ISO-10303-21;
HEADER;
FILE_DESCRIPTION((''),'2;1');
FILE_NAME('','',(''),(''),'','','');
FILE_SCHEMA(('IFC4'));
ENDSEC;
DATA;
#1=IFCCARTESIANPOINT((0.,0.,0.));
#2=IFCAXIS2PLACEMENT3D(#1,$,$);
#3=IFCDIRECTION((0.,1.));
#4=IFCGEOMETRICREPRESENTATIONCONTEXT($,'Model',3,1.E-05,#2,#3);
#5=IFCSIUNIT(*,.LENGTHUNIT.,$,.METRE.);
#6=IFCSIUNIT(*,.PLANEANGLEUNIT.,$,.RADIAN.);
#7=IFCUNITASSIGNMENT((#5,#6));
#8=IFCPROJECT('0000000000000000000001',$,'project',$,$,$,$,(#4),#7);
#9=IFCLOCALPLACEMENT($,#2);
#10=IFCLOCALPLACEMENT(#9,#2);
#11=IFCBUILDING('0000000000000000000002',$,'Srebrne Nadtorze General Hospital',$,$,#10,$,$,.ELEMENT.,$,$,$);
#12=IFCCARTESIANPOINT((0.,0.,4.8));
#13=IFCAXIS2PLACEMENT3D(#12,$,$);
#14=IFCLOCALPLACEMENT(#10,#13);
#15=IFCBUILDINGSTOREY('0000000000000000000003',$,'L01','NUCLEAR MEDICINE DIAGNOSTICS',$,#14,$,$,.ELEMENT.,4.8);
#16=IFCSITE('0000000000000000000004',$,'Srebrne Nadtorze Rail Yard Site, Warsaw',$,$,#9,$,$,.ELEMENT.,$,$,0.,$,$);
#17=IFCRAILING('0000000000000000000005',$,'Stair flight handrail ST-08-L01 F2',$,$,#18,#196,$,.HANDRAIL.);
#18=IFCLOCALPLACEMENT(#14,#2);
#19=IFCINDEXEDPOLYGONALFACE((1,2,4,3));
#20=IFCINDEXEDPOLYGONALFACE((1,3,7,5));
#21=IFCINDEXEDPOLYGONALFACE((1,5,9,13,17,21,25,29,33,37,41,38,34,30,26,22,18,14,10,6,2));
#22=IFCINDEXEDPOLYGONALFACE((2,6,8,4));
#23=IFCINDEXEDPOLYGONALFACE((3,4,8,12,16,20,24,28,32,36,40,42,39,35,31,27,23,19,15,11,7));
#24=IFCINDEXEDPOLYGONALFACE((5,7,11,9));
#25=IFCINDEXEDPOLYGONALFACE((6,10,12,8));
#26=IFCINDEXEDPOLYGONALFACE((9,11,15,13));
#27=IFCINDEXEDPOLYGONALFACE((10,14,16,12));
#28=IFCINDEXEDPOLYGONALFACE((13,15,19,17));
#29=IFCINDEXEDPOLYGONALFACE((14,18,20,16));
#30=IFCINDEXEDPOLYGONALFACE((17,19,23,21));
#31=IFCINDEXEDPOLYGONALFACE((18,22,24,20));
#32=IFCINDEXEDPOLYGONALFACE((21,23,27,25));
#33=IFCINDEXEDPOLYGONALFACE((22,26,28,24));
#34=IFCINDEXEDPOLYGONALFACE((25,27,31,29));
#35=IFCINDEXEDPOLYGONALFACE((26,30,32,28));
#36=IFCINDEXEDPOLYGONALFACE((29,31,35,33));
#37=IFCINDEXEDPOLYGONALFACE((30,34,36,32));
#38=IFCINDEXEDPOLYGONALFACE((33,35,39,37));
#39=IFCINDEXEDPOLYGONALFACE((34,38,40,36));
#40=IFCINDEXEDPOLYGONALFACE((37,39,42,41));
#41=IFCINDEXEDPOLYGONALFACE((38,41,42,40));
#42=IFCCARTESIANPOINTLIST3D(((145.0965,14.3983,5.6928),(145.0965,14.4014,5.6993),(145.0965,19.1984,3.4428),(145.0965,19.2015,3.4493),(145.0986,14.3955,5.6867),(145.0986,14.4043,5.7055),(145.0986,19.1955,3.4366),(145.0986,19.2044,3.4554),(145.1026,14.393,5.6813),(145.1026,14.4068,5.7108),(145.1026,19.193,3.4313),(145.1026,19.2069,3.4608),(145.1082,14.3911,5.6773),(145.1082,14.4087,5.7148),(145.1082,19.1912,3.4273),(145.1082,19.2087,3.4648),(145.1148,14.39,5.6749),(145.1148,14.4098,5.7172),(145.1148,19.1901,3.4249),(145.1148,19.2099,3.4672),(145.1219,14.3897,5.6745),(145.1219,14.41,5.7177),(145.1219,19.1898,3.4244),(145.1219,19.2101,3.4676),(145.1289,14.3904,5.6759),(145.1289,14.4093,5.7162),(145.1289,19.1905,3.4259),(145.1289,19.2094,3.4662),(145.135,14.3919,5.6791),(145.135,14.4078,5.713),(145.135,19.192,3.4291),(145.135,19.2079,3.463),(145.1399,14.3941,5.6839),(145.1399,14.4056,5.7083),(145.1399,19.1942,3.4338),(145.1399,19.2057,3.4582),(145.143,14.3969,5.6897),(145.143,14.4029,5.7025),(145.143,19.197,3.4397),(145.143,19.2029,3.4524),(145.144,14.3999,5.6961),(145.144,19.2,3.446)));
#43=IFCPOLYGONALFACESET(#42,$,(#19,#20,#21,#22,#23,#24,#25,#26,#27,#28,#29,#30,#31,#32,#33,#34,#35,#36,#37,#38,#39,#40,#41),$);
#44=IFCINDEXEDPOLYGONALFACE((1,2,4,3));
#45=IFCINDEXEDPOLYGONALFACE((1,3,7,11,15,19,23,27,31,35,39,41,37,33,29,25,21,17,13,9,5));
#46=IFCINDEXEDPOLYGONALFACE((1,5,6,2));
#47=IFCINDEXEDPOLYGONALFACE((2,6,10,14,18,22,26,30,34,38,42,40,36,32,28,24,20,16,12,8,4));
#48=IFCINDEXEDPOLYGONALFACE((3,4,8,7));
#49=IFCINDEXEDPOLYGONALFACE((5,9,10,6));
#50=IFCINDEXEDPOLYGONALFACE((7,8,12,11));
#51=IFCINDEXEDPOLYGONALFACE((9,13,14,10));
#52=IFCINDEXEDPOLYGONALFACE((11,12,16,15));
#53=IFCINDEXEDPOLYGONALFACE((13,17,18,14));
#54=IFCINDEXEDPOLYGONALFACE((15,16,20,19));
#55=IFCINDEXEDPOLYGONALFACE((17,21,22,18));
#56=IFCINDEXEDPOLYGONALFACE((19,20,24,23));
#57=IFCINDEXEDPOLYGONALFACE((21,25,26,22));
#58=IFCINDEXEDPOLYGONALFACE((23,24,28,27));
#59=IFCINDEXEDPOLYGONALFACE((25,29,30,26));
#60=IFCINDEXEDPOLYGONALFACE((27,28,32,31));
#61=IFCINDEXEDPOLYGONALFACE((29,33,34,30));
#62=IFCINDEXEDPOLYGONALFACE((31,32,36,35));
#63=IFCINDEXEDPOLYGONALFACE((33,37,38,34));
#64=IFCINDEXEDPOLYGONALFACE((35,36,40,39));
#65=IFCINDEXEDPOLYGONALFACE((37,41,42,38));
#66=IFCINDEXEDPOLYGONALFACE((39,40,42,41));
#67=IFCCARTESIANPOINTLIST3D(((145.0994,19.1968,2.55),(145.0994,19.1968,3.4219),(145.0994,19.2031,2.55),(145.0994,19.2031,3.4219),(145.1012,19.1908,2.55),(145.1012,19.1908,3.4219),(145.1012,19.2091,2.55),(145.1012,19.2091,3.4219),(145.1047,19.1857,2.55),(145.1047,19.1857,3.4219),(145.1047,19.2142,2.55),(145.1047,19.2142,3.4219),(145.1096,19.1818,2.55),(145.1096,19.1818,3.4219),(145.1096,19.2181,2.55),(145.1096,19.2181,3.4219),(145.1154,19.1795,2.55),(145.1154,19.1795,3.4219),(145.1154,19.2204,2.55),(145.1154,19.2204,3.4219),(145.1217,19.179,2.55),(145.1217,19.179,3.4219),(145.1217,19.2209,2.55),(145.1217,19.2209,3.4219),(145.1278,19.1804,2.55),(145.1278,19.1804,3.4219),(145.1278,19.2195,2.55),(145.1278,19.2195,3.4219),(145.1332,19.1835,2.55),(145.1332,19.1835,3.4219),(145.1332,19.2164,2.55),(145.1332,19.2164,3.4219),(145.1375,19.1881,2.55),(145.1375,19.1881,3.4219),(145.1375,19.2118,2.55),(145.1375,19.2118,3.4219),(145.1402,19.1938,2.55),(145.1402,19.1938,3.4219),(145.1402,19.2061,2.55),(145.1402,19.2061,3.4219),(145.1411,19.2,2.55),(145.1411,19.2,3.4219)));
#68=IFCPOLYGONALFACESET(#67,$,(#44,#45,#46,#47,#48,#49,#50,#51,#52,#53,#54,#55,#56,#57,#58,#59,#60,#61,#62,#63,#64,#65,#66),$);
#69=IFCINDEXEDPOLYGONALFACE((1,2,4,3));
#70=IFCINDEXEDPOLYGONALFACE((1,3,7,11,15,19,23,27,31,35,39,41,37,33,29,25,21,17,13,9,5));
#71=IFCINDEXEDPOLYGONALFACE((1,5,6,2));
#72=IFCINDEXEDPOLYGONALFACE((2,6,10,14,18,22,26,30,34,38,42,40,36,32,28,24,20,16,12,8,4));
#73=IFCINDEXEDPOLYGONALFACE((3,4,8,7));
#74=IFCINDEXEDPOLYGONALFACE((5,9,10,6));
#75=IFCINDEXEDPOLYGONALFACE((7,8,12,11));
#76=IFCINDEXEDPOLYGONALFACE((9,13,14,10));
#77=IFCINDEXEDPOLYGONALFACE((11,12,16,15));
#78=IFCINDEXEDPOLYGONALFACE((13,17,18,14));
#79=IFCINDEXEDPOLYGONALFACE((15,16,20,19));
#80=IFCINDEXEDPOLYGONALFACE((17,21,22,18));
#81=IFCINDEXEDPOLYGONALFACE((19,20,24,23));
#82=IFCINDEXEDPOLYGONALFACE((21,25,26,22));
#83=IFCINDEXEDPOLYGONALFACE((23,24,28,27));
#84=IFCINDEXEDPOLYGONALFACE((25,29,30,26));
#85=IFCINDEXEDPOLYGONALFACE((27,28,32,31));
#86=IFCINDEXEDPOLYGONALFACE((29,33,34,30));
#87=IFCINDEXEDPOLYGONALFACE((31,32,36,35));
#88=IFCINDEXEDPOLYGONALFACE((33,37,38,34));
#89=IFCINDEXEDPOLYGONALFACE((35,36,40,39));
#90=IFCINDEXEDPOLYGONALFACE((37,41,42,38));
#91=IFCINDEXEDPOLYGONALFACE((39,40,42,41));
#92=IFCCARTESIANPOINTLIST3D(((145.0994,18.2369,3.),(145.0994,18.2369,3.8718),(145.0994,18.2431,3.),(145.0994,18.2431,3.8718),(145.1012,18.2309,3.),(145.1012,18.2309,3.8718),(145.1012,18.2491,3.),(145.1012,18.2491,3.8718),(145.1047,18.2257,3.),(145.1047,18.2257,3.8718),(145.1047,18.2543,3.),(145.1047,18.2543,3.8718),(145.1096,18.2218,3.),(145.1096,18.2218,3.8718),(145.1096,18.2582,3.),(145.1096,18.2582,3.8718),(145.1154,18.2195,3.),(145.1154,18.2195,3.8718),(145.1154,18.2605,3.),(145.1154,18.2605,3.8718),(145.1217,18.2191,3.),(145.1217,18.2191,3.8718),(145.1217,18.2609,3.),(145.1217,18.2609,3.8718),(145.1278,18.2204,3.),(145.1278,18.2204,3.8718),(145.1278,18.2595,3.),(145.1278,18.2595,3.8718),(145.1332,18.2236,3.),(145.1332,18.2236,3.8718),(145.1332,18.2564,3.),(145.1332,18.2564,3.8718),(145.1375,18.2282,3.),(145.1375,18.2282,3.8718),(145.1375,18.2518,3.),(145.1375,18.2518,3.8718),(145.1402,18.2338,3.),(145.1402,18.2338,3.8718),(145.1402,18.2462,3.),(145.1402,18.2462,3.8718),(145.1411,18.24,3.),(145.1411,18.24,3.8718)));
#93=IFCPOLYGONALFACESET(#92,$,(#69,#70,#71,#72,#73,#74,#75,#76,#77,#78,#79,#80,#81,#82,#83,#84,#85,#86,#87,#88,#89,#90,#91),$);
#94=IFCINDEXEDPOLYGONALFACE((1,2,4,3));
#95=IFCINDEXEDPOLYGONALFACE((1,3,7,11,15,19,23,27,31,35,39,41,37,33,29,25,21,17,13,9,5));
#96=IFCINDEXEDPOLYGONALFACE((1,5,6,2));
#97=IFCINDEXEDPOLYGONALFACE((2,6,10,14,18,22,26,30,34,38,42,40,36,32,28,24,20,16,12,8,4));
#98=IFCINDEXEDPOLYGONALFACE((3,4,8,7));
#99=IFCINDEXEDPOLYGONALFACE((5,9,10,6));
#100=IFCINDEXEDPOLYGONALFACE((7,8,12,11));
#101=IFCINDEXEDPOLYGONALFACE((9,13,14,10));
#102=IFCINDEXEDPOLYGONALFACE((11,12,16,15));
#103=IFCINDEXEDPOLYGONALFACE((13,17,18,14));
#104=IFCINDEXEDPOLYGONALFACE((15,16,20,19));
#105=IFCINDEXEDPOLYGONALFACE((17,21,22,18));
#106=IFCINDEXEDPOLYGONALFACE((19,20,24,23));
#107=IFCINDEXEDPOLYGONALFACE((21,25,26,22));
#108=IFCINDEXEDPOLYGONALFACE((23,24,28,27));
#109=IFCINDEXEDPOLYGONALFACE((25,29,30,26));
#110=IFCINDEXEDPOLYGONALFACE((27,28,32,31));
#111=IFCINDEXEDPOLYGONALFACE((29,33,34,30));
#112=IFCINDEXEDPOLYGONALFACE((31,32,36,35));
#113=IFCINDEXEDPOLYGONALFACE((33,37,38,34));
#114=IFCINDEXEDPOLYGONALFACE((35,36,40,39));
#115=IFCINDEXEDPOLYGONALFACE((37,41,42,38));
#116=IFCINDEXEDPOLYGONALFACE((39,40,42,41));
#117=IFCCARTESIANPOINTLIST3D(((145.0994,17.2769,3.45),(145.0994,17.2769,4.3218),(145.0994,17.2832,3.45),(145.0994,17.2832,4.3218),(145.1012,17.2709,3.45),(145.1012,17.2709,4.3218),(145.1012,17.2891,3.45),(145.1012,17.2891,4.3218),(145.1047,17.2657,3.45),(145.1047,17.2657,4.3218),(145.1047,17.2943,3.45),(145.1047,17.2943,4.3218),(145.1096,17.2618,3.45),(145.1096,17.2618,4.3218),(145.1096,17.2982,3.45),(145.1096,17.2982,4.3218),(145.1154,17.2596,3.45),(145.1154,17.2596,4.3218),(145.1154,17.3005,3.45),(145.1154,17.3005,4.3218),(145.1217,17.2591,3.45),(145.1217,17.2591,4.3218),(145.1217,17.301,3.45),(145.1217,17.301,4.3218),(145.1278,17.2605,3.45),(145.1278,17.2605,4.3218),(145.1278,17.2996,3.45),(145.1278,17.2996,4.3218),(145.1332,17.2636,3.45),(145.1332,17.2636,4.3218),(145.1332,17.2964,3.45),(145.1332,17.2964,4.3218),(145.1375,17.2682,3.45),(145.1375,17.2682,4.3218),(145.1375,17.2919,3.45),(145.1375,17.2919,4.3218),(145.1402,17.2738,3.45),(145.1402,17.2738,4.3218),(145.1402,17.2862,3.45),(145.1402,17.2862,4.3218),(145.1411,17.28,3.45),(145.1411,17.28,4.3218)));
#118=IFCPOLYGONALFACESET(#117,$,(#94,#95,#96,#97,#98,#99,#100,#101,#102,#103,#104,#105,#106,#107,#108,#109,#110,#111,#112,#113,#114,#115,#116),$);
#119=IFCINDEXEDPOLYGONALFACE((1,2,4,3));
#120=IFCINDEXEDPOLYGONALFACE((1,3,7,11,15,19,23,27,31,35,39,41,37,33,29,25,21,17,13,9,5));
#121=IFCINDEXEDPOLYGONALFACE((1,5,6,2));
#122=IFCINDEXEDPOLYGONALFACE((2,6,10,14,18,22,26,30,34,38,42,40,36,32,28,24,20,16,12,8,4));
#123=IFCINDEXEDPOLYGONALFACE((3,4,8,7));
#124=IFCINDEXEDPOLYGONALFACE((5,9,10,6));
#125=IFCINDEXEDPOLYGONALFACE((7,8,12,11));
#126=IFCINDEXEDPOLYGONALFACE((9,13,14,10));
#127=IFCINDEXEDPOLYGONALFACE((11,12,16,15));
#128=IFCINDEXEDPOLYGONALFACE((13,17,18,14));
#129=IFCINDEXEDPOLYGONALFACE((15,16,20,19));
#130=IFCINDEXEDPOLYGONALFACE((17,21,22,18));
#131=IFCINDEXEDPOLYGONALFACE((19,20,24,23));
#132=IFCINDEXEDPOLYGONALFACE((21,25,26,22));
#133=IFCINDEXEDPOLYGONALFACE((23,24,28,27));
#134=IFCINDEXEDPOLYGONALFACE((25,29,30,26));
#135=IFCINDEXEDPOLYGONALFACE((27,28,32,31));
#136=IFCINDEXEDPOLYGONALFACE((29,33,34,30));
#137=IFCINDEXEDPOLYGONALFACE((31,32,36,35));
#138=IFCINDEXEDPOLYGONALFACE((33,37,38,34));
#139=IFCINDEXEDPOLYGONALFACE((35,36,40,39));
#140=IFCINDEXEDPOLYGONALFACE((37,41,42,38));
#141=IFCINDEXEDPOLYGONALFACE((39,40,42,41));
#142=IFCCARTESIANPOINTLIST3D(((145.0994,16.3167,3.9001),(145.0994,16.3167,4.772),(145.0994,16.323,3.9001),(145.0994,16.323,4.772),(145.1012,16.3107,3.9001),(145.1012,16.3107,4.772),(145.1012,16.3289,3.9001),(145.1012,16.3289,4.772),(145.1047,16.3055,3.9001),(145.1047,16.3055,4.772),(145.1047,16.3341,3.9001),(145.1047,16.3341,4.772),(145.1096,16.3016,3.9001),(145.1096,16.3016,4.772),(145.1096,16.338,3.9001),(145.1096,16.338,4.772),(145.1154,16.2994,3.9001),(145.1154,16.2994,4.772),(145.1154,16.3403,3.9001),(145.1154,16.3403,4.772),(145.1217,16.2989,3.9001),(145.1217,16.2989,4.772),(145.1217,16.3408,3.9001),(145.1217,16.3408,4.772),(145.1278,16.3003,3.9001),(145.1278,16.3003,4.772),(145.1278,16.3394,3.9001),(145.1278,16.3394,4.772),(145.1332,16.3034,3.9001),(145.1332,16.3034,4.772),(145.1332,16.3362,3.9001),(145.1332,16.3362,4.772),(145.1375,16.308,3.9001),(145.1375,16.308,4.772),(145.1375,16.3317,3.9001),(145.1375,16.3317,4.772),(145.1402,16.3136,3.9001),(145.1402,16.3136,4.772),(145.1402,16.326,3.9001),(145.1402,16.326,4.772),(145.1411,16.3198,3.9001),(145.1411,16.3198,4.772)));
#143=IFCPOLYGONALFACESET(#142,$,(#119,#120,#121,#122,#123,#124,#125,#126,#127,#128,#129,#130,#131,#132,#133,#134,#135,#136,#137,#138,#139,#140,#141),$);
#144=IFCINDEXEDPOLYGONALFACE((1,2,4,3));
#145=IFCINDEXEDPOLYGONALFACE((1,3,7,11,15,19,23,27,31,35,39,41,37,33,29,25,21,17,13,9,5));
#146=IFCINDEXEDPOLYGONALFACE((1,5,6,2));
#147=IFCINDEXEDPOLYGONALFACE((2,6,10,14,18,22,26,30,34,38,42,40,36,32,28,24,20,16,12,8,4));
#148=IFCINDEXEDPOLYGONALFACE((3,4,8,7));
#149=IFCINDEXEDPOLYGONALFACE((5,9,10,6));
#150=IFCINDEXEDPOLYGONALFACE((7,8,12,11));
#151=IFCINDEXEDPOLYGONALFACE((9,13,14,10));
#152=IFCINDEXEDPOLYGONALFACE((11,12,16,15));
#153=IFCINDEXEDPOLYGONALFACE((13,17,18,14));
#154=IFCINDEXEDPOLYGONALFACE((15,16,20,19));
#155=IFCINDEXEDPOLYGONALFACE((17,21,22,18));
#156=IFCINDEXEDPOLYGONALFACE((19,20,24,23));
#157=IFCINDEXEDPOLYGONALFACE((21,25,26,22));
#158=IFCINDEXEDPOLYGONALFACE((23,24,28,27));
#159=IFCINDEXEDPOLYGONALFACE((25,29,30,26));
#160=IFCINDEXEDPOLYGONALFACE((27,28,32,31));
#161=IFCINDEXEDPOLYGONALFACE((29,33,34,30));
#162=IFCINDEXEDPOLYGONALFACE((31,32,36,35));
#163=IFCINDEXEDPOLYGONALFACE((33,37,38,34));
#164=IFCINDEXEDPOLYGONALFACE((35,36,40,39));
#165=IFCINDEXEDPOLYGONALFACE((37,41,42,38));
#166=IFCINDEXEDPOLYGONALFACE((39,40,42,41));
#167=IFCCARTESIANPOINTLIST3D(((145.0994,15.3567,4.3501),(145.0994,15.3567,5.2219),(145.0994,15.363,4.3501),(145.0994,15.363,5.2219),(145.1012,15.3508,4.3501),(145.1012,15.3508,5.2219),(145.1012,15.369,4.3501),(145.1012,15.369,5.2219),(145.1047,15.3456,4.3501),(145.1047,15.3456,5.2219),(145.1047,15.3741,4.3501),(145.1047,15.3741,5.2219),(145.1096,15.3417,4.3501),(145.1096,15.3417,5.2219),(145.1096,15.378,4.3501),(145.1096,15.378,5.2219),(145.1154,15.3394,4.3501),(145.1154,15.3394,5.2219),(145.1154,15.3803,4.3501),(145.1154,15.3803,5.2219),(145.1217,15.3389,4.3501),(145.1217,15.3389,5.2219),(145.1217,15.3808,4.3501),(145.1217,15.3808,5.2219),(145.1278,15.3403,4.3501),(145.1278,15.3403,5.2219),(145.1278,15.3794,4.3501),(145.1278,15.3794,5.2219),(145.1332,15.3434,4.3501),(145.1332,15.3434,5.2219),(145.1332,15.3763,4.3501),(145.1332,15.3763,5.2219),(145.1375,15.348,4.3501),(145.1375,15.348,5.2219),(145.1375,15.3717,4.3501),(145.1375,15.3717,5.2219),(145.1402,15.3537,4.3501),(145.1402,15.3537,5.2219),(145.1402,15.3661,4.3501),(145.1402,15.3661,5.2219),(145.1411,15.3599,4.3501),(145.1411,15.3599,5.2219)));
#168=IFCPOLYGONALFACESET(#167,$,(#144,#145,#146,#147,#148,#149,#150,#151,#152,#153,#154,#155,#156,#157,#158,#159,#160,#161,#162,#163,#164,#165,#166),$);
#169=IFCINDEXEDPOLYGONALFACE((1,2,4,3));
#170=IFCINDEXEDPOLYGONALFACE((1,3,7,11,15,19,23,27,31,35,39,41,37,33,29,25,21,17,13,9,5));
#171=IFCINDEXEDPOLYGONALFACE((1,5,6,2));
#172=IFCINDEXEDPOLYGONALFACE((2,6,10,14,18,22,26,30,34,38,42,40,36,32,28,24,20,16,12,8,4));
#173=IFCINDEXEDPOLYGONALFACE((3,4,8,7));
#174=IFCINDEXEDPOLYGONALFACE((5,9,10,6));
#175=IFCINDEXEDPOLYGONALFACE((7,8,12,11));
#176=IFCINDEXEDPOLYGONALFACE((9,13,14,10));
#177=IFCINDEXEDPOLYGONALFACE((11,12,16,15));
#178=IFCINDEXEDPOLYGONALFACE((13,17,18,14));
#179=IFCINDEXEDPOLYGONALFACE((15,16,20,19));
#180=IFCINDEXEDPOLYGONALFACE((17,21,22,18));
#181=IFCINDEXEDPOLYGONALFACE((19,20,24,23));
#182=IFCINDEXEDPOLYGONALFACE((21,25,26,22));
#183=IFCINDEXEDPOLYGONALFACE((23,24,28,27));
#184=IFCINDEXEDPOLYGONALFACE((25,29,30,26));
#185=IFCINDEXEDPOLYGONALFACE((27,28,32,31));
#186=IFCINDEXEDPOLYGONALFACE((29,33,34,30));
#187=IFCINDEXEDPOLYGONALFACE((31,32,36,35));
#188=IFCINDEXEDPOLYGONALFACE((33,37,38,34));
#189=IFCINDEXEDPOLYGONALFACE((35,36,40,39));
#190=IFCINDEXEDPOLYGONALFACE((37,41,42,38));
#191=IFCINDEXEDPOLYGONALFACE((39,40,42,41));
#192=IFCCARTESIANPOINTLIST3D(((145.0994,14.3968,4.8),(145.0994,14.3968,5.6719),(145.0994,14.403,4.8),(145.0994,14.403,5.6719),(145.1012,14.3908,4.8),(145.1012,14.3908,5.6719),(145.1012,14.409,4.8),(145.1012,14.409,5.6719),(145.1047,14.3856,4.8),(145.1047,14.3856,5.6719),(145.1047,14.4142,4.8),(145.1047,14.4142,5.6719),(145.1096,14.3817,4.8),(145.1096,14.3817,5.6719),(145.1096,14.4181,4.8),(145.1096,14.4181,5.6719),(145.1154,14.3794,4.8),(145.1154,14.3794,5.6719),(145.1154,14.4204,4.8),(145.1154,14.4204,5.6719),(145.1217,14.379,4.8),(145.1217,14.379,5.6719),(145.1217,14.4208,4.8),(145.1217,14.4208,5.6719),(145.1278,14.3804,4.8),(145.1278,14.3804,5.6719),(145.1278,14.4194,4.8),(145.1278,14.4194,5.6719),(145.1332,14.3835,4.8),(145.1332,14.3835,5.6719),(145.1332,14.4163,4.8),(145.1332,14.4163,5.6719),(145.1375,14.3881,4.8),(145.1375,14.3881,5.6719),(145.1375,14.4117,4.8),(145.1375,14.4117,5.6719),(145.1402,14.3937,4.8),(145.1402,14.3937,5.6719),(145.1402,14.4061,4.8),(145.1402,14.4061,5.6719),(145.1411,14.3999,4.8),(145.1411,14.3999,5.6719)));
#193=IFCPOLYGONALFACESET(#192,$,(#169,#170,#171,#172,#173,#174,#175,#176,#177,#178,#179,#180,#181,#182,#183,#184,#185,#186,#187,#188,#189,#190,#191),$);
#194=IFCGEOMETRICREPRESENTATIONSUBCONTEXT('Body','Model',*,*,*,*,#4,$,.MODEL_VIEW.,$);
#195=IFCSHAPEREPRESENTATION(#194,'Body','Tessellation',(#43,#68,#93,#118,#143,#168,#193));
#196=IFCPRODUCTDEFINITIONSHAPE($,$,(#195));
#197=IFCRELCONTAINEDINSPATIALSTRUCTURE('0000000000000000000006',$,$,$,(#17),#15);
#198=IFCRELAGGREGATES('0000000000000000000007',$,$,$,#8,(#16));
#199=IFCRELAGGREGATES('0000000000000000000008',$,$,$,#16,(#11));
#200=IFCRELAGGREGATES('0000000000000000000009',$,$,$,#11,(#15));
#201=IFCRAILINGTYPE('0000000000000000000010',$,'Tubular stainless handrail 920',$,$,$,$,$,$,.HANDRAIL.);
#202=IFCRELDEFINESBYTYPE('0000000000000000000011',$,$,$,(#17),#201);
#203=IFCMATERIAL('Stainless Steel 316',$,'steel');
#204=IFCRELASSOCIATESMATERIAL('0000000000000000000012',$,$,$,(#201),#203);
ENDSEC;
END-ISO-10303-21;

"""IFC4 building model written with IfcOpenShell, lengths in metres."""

from ifc_helpers import new_model, si_unit, direction, frame, origin, origin_2d, place, context, subcontext, project, spatial, circle, extrude, material, type_object, element, save


model = new_model("IFC4")

# Units and contexts
model_context = context("Model", 3, precision=1e-05, world=origin(), true_north=direction((0.0, 1.0)))
body_context = subcontext(model_context, "Body", "Model", "MODEL_VIEW")
ifc_project = project(units=[si_unit("LENGTHUNIT", "METRE"), si_unit("PLANEANGLEUNIT", "RADIAN")], contexts=[model_context])

# Site, building, storey
site_placement = place(None, origin())
site = spatial("IfcSite", under=ifc_project, at=site_placement, Name="Srebrne Nadtorze Rail Yard Site, Warsaw", CompositionType="ELEMENT", RefElevation=0.0)
building_placement = place(site_placement, origin())
building = spatial("IfcBuilding", under=site, at=building_placement, Name="Srebrne Nadtorze General Hospital", CompositionType="ELEMENT")
storey_placement = place(building_placement, frame((0.0, 0.0, 4.8)))
storey = spatial("IfcBuildingStorey", under=building, at=storey_placement, Name="L01", Description="NUCLEAR MEDICINE DIAGNOSTICS", CompositionType="ELEMENT", Elevation=4.8)

# Railing
ifc_material_1 = material(Name="Stainless Steel 316", Category="steel")
railing_type_1 = type_object("IfcRailingType", Name="Tubular stainless handrail 920", PredefinedType="HANDRAIL", material=ifc_material_1)
railing_1_placement = place(storey_placement, frame((145.1201, 19.2, 2.55)))
element("IfcRailing", 1, at=railing_1_placement, inside=storey, type_object=railing_type_1, Name="Stair flight handrail ST-08-L01 F2", PredefinedType="HANDRAIL", context=body_context, shape_type="SweptSolid", body=[
    extrude(circle(Radius=0.0239, at=origin_2d()), frame((0.0, 0.0, 0.896), z_axis=(0.0, -0.905461, 0.42443), x_axis=(1.0, 0.0, 0.0)), (0.0, 0.0, 1.0), 5.3013),
    extrude(circle(Radius=0.021, at=origin_2d()), origin(), (0.0, 0.0, 1.0), 0.8718),
    extrude(circle(Radius=0.021, at=origin_2d()), frame((0.0, -0.96, 0.45)), (0.0, 0.0, 1.0), 0.8718),
    extrude(circle(Radius=0.021, at=origin_2d()), frame((0.0, -1.9199, 0.8999)), (0.0, 0.0, 1.0), 0.8718),
    extrude(circle(Radius=0.021, at=origin_2d()), frame((0.0, -2.8801, 1.3501)), (0.0, 0.0, 1.0), 0.8718),
    extrude(circle(Radius=0.021, at=origin_2d()), frame((0.0, -3.8401, 1.8)), (0.0, 0.0, 1.0), 0.8718),
    extrude(circle(Radius=0.021, at=origin_2d()), frame((0.0, -4.8, 2.25)), (0.0, 0.0, 1.0), 0.8718),
])

save(model, "model.ifc")
